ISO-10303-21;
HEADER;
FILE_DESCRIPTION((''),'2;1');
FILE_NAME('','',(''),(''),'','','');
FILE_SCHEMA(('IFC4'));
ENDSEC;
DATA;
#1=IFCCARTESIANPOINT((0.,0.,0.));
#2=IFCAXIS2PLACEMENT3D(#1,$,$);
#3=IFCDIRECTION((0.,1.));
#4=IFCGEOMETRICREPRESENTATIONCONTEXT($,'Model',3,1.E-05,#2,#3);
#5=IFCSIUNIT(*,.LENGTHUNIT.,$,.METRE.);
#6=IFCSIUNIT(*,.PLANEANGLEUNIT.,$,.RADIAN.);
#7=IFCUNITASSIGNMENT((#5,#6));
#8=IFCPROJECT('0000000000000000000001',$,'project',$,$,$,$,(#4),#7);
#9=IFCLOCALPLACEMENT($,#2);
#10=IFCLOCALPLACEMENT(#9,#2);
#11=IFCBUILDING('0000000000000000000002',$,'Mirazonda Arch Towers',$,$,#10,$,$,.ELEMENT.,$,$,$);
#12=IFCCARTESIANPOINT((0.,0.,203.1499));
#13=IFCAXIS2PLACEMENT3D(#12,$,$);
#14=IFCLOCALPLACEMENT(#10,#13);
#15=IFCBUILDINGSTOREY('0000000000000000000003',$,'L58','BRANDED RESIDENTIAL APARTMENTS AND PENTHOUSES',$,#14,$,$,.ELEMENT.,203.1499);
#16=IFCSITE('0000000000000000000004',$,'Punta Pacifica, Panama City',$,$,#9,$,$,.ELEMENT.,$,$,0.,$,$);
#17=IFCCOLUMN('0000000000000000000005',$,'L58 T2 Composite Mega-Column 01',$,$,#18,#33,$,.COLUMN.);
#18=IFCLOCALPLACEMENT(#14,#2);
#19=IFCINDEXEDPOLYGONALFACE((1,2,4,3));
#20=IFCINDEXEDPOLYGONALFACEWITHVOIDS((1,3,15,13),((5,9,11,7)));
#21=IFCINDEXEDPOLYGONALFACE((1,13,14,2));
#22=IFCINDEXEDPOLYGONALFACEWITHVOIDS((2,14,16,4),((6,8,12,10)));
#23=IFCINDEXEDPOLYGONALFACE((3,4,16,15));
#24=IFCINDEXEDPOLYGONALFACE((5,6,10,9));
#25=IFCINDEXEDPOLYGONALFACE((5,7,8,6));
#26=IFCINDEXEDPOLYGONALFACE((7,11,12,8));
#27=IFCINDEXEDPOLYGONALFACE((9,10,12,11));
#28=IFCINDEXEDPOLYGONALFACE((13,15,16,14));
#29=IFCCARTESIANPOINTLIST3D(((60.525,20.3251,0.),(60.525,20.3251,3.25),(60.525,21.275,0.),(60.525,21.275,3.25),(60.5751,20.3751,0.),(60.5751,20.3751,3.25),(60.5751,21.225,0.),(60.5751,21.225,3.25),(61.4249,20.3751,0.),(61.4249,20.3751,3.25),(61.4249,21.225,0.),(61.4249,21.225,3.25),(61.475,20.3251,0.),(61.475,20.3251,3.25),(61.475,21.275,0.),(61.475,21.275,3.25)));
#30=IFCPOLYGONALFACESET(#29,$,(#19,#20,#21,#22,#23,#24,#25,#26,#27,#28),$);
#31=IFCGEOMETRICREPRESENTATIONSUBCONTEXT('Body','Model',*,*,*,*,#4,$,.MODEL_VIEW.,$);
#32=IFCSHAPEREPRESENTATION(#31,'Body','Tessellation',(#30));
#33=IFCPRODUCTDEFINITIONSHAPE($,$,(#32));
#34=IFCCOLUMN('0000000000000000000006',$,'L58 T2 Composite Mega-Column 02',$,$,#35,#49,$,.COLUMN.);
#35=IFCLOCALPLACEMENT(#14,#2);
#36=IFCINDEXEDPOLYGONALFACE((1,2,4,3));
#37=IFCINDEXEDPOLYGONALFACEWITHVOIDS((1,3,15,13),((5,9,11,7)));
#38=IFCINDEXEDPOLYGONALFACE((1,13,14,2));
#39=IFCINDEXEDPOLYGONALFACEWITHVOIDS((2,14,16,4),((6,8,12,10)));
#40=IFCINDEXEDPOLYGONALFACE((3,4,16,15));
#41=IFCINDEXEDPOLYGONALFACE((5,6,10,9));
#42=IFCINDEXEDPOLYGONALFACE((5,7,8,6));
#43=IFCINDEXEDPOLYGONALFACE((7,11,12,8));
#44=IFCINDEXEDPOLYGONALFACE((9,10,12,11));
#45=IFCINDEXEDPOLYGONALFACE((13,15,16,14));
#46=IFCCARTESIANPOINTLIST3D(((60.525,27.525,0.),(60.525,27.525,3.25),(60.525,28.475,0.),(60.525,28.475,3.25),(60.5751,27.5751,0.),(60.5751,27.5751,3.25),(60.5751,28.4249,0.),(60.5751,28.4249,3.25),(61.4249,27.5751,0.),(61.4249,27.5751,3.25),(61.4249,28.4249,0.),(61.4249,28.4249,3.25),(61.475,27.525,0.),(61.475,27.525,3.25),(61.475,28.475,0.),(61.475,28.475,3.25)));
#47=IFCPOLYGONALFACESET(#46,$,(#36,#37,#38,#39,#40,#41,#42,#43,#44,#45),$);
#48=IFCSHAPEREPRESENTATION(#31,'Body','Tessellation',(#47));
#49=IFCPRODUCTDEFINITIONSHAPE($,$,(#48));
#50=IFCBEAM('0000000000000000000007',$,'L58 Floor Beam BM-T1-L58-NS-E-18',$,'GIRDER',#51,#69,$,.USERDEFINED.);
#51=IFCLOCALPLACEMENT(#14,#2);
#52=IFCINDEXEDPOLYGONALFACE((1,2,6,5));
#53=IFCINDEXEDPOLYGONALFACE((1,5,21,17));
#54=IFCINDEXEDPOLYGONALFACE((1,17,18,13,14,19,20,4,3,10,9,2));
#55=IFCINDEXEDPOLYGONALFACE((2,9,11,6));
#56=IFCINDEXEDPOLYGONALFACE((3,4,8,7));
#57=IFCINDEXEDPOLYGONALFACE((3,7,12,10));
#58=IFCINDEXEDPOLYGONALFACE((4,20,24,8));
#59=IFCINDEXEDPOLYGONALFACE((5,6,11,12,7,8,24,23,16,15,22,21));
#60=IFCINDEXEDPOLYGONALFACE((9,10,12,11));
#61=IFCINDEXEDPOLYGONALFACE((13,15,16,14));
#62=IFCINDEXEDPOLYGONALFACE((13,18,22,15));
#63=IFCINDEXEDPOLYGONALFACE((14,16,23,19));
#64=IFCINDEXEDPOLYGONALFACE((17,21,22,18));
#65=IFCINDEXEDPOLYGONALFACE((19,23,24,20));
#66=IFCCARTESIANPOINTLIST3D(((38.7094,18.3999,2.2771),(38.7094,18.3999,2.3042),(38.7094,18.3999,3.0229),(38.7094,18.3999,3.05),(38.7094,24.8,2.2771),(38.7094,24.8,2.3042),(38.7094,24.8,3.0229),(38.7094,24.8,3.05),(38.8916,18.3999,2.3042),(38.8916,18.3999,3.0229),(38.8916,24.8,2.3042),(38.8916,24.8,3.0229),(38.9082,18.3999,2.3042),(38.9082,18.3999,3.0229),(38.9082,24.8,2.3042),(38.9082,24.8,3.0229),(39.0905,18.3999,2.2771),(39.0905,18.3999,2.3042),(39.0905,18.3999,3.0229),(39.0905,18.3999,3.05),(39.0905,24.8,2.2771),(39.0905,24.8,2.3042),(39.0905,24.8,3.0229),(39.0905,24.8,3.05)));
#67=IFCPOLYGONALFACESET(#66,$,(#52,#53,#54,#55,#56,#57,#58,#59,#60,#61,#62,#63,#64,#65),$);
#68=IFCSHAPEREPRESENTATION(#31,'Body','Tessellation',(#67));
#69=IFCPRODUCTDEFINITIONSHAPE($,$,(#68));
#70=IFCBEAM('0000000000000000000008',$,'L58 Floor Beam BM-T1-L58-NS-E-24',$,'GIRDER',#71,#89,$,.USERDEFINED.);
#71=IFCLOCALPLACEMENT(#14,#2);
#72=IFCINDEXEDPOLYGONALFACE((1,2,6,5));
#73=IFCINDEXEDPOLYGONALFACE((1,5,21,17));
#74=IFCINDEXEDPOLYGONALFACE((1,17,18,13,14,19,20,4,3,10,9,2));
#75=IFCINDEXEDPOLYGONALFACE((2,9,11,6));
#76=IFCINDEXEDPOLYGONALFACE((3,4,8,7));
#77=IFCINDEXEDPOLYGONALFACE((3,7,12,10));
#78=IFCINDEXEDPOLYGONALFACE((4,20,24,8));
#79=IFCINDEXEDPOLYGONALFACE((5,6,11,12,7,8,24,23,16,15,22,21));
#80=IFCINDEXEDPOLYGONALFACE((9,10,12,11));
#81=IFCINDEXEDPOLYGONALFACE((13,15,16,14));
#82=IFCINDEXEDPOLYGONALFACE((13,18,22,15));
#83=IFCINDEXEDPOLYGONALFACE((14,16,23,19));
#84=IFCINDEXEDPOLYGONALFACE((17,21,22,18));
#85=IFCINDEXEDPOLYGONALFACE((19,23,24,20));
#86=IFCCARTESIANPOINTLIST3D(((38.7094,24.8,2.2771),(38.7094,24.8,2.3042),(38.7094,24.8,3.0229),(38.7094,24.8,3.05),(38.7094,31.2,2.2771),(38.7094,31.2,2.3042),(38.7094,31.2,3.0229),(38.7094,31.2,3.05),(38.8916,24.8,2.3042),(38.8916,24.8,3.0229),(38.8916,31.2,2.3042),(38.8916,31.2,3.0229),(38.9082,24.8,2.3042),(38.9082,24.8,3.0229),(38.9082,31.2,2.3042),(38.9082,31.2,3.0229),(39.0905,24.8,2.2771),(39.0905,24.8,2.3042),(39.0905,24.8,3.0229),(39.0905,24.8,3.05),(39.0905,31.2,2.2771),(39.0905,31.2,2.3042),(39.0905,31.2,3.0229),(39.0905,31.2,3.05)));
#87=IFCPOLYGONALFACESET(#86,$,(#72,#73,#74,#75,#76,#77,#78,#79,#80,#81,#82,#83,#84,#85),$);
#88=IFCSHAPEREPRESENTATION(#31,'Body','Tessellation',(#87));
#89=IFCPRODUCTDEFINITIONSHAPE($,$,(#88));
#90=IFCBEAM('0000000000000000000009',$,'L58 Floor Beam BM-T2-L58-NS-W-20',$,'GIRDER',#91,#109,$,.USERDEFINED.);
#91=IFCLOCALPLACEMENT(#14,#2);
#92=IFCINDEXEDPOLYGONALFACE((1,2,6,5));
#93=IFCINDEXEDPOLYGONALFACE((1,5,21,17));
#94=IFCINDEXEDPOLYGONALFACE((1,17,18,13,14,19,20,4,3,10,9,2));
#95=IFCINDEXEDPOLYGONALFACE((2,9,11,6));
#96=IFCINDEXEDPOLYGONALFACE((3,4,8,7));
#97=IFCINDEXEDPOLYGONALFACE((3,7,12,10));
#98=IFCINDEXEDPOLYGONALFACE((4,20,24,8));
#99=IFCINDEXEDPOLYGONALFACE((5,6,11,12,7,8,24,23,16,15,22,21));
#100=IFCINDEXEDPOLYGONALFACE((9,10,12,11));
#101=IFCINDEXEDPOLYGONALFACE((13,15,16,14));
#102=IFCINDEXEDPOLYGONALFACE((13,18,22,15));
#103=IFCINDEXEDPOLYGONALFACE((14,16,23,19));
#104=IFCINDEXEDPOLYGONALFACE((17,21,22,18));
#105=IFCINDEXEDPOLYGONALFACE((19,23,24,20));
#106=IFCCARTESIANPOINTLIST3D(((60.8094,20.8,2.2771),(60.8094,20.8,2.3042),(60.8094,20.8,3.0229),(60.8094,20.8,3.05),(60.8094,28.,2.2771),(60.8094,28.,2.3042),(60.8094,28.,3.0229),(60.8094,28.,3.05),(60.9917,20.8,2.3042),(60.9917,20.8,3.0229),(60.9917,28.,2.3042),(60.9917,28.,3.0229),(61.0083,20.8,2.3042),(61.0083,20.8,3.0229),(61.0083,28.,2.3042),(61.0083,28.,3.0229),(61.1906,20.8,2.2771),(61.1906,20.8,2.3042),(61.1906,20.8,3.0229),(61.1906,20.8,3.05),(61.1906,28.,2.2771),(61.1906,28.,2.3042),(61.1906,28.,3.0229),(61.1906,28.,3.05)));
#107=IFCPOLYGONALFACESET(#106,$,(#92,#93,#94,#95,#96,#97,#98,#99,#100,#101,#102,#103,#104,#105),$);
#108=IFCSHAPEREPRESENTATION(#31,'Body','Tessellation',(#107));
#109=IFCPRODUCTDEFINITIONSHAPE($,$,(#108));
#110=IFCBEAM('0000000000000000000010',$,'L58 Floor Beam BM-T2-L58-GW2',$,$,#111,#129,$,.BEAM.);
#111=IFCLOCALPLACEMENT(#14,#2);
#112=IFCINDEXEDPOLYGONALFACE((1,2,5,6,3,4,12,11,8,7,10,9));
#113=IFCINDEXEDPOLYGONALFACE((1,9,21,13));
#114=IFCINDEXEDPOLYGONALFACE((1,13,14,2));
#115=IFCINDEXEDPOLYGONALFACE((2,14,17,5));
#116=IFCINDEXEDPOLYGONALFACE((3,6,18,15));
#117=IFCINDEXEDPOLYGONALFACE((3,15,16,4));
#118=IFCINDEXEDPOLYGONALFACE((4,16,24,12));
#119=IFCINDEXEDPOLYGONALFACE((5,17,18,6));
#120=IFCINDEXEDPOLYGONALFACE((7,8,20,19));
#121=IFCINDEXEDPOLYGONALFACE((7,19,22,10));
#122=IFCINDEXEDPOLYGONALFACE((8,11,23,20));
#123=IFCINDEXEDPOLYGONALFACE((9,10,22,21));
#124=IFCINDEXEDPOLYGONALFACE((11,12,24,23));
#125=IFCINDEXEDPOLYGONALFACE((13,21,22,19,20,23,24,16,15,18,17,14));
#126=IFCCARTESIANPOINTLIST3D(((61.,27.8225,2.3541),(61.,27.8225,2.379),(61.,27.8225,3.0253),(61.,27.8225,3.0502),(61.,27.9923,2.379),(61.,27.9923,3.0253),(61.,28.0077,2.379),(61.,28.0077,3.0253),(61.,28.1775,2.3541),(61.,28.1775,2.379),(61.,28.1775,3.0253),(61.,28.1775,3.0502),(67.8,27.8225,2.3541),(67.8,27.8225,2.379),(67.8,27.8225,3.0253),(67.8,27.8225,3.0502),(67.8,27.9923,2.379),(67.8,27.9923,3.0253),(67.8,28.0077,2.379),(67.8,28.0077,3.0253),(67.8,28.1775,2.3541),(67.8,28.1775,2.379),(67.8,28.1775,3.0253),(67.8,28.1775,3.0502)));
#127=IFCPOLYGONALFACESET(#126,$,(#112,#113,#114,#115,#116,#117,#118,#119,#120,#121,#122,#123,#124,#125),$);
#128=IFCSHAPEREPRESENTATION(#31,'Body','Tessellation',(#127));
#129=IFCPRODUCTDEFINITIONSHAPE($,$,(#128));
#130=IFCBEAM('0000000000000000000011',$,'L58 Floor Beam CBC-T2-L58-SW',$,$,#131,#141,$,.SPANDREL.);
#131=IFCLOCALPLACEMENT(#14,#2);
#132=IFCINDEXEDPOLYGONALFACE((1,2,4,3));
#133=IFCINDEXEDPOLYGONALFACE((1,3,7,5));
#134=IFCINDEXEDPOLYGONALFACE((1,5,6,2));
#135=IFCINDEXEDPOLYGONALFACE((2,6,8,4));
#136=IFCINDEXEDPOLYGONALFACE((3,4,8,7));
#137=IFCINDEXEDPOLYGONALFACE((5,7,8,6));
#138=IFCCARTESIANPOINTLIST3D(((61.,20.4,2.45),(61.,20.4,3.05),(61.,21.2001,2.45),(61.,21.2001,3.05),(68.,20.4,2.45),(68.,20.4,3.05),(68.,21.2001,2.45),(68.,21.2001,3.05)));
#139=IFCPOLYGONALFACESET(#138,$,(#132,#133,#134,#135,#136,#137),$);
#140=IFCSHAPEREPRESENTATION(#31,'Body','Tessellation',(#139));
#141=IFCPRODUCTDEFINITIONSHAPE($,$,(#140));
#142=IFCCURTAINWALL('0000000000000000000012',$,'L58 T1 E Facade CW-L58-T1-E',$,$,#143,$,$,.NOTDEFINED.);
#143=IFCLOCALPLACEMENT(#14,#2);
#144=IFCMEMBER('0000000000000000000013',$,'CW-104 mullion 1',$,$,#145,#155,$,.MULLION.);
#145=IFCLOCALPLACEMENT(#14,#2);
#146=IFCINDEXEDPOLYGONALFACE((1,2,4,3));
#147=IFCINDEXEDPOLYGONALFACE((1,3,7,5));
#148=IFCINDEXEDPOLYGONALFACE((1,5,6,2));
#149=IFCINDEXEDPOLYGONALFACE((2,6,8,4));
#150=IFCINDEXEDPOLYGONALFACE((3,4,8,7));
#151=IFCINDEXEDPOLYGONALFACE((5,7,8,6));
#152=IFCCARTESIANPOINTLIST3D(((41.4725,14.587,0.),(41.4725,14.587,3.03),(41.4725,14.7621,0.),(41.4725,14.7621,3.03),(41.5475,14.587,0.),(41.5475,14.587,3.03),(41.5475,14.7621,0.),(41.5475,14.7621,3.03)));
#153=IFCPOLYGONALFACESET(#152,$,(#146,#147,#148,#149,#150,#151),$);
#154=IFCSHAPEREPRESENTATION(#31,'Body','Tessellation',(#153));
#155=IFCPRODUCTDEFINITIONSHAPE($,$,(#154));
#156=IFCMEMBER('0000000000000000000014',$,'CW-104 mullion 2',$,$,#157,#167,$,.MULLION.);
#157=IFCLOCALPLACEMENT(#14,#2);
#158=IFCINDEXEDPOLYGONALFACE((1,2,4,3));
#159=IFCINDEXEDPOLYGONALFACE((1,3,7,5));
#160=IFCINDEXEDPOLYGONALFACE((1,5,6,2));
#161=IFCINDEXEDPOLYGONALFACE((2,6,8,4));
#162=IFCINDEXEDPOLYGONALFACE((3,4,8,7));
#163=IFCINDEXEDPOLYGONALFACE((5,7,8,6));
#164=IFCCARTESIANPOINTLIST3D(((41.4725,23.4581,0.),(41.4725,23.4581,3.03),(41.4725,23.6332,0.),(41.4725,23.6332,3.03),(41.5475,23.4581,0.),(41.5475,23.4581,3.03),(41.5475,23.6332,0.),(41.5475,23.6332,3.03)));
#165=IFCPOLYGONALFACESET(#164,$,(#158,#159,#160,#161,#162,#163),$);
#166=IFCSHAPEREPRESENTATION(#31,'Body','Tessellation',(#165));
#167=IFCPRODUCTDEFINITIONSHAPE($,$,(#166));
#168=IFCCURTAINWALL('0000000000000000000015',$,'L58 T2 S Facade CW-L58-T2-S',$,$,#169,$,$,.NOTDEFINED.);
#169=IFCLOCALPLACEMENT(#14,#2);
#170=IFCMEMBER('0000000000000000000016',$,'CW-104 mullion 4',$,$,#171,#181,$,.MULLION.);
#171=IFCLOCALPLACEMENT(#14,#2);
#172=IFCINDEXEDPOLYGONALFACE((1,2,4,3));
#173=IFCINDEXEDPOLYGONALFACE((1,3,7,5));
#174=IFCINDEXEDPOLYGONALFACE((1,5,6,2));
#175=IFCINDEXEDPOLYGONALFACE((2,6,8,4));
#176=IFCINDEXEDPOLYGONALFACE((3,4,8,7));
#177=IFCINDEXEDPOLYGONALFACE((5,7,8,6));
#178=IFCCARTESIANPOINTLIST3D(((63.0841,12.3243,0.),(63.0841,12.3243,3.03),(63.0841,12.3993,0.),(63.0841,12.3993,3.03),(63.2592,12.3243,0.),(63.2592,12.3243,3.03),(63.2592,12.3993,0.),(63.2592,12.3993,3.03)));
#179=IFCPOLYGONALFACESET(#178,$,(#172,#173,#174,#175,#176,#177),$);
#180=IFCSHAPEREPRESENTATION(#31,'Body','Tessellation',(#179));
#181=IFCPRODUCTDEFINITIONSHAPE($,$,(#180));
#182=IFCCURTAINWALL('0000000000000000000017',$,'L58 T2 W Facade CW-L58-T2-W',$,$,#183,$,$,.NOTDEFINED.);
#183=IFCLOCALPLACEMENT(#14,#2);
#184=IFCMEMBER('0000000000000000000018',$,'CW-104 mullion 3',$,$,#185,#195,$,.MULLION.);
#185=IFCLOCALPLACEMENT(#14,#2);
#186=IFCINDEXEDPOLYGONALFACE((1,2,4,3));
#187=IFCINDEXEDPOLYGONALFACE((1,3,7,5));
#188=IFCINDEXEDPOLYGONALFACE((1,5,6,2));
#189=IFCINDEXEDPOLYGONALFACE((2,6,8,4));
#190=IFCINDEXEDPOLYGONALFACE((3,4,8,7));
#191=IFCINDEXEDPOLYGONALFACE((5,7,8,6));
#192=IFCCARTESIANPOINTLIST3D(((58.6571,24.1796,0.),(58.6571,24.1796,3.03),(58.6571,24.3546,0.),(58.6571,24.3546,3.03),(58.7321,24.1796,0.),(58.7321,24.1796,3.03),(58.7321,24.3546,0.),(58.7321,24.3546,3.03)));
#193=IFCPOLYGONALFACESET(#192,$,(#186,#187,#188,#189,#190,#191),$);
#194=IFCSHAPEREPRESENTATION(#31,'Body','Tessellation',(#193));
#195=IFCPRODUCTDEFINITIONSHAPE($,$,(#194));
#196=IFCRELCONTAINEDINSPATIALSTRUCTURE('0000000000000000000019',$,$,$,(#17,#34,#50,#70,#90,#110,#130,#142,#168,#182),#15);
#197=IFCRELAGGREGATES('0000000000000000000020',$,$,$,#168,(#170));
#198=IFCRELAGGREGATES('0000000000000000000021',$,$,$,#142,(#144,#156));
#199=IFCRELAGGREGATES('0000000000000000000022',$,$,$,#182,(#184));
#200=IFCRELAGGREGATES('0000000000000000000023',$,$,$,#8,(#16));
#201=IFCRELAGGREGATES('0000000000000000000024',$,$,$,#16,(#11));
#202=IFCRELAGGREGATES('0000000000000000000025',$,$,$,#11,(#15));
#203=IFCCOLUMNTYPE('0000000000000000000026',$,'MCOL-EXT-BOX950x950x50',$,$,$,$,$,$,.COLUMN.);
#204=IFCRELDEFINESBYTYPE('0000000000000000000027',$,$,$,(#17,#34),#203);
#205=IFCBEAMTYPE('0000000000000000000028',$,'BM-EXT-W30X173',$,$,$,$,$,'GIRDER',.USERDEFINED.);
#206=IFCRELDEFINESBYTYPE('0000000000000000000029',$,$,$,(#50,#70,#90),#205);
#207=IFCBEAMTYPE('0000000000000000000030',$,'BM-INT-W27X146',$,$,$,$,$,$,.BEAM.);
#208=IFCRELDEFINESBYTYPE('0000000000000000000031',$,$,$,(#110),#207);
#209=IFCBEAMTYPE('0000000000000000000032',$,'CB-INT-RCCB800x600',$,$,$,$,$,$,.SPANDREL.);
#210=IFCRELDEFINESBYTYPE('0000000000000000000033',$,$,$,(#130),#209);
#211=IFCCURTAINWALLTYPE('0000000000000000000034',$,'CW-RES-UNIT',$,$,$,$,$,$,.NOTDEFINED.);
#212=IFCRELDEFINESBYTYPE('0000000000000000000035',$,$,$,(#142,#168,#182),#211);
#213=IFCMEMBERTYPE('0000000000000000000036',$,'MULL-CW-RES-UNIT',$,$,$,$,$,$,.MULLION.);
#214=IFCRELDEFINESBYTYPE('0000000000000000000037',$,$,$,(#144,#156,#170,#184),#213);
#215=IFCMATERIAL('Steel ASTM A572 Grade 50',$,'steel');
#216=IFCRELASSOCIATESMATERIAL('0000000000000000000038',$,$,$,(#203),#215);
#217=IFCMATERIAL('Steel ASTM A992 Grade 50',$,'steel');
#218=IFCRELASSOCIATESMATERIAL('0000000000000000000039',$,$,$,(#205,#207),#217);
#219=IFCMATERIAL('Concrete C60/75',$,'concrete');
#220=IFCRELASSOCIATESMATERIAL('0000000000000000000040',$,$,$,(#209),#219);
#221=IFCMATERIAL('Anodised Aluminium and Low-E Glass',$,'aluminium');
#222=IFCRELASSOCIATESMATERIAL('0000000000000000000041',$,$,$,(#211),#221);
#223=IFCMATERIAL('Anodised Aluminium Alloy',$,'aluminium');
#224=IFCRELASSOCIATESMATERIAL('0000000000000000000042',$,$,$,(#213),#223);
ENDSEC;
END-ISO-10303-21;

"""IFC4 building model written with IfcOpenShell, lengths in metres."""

from ifc_helpers import new_model, si_unit, direction, frame, origin, origin_2d, place, context, subcontext, project, spatial, rectangle, hollow_rectangle, i_section, extrude, material, material_profile, profile_set, type_object, element, aggregate, save


model = new_model("IFC4")

# Units and contexts
model_context = context("Model", 3, precision=1e-05, world=origin(), true_north=direction((0.0, 1.0)))
body_context = subcontext(model_context, "Body", "Model", "MODEL_VIEW")
ifc_project = project(units=[si_unit("LENGTHUNIT", "METRE"), si_unit("PLANEANGLEUNIT", "RADIAN")], contexts=[model_context])

# Site, building, storey
site_placement = place(None, origin())
site = spatial("IfcSite", under=ifc_project, at=site_placement, Name="Punta Pacifica, Panama City", CompositionType="ELEMENT", RefElevation=0.0)
building_placement = place(site_placement, origin())
building = spatial("IfcBuilding", under=site, at=building_placement, Name="Mirazonda Arch Towers", CompositionType="ELEMENT")
storey_placement = place(building_placement, frame((0.0, 0.0, 203.1499)))
storey = spatial("IfcBuildingStorey", under=building, at=storey_placement, Name="L58", Description="BRANDED RESIDENTIAL APARTMENTS AND PENTHOUSES", CompositionType="ELEMENT", Elevation=203.1499)

# Columns
ifc_material_1 = material(Name="Steel ASTM A572 Grade 50", Category="steel")
ifc_material_profile_1 = material_profile(ifc_material_1, hollow_rectangle(XDim=0.95, YDim=0.95, WallThickness=0.05, at=origin_2d()), Name="BOX950x950x50")
ifc_profile_set_1 = profile_set([ifc_material_profile_1], Name="Steel ASTM A572 Grade 50")
column_type = type_object("IfcColumnType", Name="MCOL-EXT-BOX950x950x50", PredefinedType="COLUMN", material=ifc_profile_set_1)
for number, where, z_axis, x_axis, name in (
    (1, (61.0, 20.8, 0.0), (0.0, 0.0, 1.0), (1.0, 0.0, 0.0), "L58 T2 Composite Mega-Column 01"),
    (2, (61.0, 28.0, 0.0), (0.0, 0.0, 1.0), (1.0, 0.0, 0.0), "L58 T2 Composite Mega-Column 02"),
):
    element("IfcColumn", number, at=place(storey_placement, frame(where, z_axis=z_axis, x_axis=x_axis)), inside=storey, type_object=column_type, Name=name, PredefinedType="COLUMN", context=body_context, shape_type="SweptSolid", body=[
        extrude(hollow_rectangle(XDim=0.95, YDim=0.95, WallThickness=0.05, at=origin_2d()), origin(), (0.0, 0.0, 1.0), 3.25),
    ])

# Beams
ifc_material_2 = material(Name="Steel ASTM A992 Grade 50", Category="steel")
ifc_material_profile_2 = material_profile(ifc_material_2, i_section(OverallWidth=0.3811, OverallDepth=0.7729, WebThickness=0.0166, FlangeThickness=0.0271, at=origin_2d()), Name="W30X173")
ifc_profile_set_2 = profile_set([ifc_material_profile_2], Name="Steel ASTM A992 Grade 50")
beam_type_1 = type_object("IfcBeamType", Name="BM-EXT-W30X173", ElementType="GIRDER", PredefinedType="USERDEFINED", material=ifc_profile_set_2)
beam_1_placement = place(storey_placement, frame((38.8999, 18.3999, 2.6636), z_axis=(0.0, 1.0, 0.0), x_axis=(-1.0, 0.0, 0.0)))
element("IfcBeam", 3, at=beam_1_placement, inside=storey, type_object=beam_type_1, Name="L58 Floor Beam BM-T1-L58-NS-E-18", ObjectType="GIRDER", PredefinedType="USERDEFINED", context=body_context, shape_type="SweptSolid", body=[
    extrude(i_section(OverallWidth=0.3811, OverallDepth=0.7729, WebThickness=0.0166, FlangeThickness=0.0271, at=origin_2d()), origin(), (0.0, 0.0, 1.0), 6.4001),
])
beam_2_placement = place(storey_placement, frame((38.8999, 24.8, 2.6636), z_axis=(0.0, 1.0, 0.0), x_axis=(-1.0, 0.0, 0.0)))
element("IfcBeam", 4, at=beam_2_placement, inside=storey, type_object=beam_type_1, Name="L58 Floor Beam BM-T1-L58-NS-E-24", ObjectType="GIRDER", PredefinedType="USERDEFINED", context=body_context, shape_type="SweptSolid", body=[
    extrude(i_section(OverallWidth=0.3811, OverallDepth=0.7729, WebThickness=0.0166, FlangeThickness=0.0271, at=origin_2d()), origin(), (0.0, 0.0, 1.0), 6.3999),
])
beam_3_placement = place(storey_placement, frame((61.0, 20.8, 2.6636), z_axis=(0.0, 1.0, 0.0), x_axis=(-1.0, 0.0, 0.0)))
element("IfcBeam", 5, at=beam_3_placement, inside=storey, type_object=beam_type_1, Name="L58 Floor Beam BM-T2-L58-NS-W-20", ObjectType="GIRDER", PredefinedType="USERDEFINED", context=body_context, shape_type="SweptSolid", body=[
    extrude(i_section(OverallWidth=0.3811, OverallDepth=0.7729, WebThickness=0.0166, FlangeThickness=0.0271, at=origin_2d()), origin(), (0.0, 0.0, 1.0), 7.2),
])
ifc_material_profile_3 = material_profile(ifc_material_2, i_section(OverallWidth=0.355, OverallDepth=0.696, WebThickness=0.0154, FlangeThickness=0.0249, at=origin_2d()), Name="W27X146")
ifc_profile_set_3 = profile_set([ifc_material_profile_3], Name="Steel ASTM A992 Grade 50")
beam_type_2 = type_object("IfcBeamType", Name="BM-INT-W27X146", PredefinedType="BEAM", material=ifc_profile_set_3)
beam_4_placement = place(storey_placement, frame((61.0, 28.0, 2.7021), z_axis=(1.0, 0.0, 0.0), x_axis=(0.0, 1.0, 0.0)))
element("IfcBeam", 6, at=beam_4_placement, inside=storey, type_object=beam_type_2, Name="L58 Floor Beam BM-T2-L58-GW2", PredefinedType="BEAM", context=body_context, shape_type="SweptSolid", body=[
    extrude(i_section(OverallWidth=0.355, OverallDepth=0.696, WebThickness=0.0154, FlangeThickness=0.0249, at=origin_2d()), origin(), (0.0, 0.0, 1.0), 6.8),
])
ifc_material_3 = material(Name="Concrete C60/75", Category="concrete")
ifc_material_profile_4 = material_profile(ifc_material_3, rectangle(XDim=0.8, YDim=0.6001, at=origin_2d()), Name="RCCB800x600")
ifc_profile_set_4 = profile_set([ifc_material_profile_4], Name="Concrete C60/75")
beam_type_3 = type_object("IfcBeamType", Name="CB-INT-RCCB800x600", PredefinedType="SPANDREL", material=ifc_profile_set_4)
beam_5_placement = place(storey_placement, frame((61.0, 20.8, 2.75), z_axis=(1.0, 0.0, 0.0), x_axis=(0.0, 1.0, 0.0)))
element("IfcBeam", 7, at=beam_5_placement, inside=storey, type_object=beam_type_3, Name="L58 Floor Beam CBC-T2-L58-SW", PredefinedType="SPANDREL", context=body_context, shape_type="SweptSolid", body=[
    extrude(rectangle(XDim=0.8, YDim=0.6001, at=origin_2d()), origin(), (0.0, 0.0, 1.0), 7.0),
])

# Curtain wall, members
ifc_material_4 = material(Name="Anodised Aluminium and Low-E Glass", Category="aluminium")
curtain_wall_type = type_object("IfcCurtainWallType", Name="CW-RES-UNIT", PredefinedType="NOTDEFINED", material=ifc_material_4)
curtain_wall_1_placement = place(storey_placement, origin())
curtain_wall_1 = element("IfcCurtainWall", 8, at=curtain_wall_1_placement, inside=storey, type_object=curtain_wall_type, Name="L58 T1 E Facade CW-L58-T1-E", PredefinedType="NOTDEFINED")
ifc_material_5 = material(Name="Anodised Aluminium Alloy", Category="aluminium")
ifc_material_profile_5 = material_profile(ifc_material_5, rectangle(XDim=0.075, YDim=0.175, at=origin_2d()), Name="ALU-MULL-75x175")
ifc_profile_set_5 = profile_set([ifc_material_profile_5], Name="Anodised Aluminium Alloy")
member_type_1 = type_object("IfcMemberType", Name="MULL-CW-RES-UNIT", PredefinedType="MULLION", material=ifc_profile_set_5)
member_1_placement = place(storey_placement, frame((41.51, 14.6746, 0.0), z_axis=(0.0, 0.0, 1.0), x_axis=(-1.0, 0.0, 0.0)))
member_1 = element("IfcMember", 9, at=member_1_placement, type_object=member_type_1, Name="CW-104 mullion 1", PredefinedType="MULLION", context=body_context, shape_type="SweptSolid", body=[
    extrude(rectangle(XDim=0.075, YDim=0.175, at=origin_2d()), origin(), (0.0, 0.0, 1.0), 3.03),
])
member_2_placement = place(storey_placement, frame((41.51, 23.5457, 0.0), z_axis=(0.0, 0.0, 1.0), x_axis=(-1.0, 0.0, 0.0)))
member_2 = element("IfcMember", 10, at=member_2_placement, type_object=member_type_1, Name="CW-104 mullion 2", PredefinedType="MULLION", context=body_context, shape_type="SweptSolid", body=[
    extrude(rectangle(XDim=0.075, YDim=0.175, at=origin_2d()), origin(), (0.0, 0.0, 1.0), 3.03),
])

# Curtain wall, member
curtain_wall_2_placement = place(storey_placement, origin())
curtain_wall_2 = element("IfcCurtainWall", 11, at=curtain_wall_2_placement, inside=storey, type_object=curtain_wall_type, Name="L58 T2 S Facade CW-L58-T2-S", PredefinedType="NOTDEFINED")
member_3_placement = place(storey_placement, frame((63.1716, 12.3618, 0.0), z_axis=(0.0, 0.0, 1.0), x_axis=(0.0, -1.0, 0.0)))
member_3 = element("IfcMember", 12, at=member_3_placement, type_object=member_type_1, Name="CW-104 mullion 4", PredefinedType="MULLION", context=body_context, shape_type="SweptSolid", body=[
    extrude(rectangle(XDim=0.075, YDim=0.175, at=origin_2d()), origin(), (0.0, 0.0, 1.0), 3.03),
])
aggregate(curtain_wall_2, [member_3])

# Curtain wall, member
curtain_wall_3_placement = place(storey_placement, origin())
curtain_wall_3 = element("IfcCurtainWall", 13, at=curtain_wall_3_placement, inside=storey, type_object=curtain_wall_type, Name="L58 T2 W Facade CW-L58-T2-W", PredefinedType="NOTDEFINED")
member_4_placement = place(storey_placement, frame((58.6946, 24.2671, 0.0), z_axis=(0.0, 0.0, 1.0), x_axis=(1.0, 0.0, 0.0)))
member_4 = element("IfcMember", 14, at=member_4_placement, type_object=member_type_1, Name="CW-104 mullion 3", PredefinedType="MULLION", context=body_context, shape_type="SweptSolid", body=[
    extrude(rectangle(XDim=0.075, YDim=0.175, at=origin_2d()), origin(), (0.0, 0.0, 1.0), 3.03),
])

aggregate(curtain_wall_1, [member_1, member_2])
aggregate(curtain_wall_3, [member_4])

save(model, "model.ifc")
